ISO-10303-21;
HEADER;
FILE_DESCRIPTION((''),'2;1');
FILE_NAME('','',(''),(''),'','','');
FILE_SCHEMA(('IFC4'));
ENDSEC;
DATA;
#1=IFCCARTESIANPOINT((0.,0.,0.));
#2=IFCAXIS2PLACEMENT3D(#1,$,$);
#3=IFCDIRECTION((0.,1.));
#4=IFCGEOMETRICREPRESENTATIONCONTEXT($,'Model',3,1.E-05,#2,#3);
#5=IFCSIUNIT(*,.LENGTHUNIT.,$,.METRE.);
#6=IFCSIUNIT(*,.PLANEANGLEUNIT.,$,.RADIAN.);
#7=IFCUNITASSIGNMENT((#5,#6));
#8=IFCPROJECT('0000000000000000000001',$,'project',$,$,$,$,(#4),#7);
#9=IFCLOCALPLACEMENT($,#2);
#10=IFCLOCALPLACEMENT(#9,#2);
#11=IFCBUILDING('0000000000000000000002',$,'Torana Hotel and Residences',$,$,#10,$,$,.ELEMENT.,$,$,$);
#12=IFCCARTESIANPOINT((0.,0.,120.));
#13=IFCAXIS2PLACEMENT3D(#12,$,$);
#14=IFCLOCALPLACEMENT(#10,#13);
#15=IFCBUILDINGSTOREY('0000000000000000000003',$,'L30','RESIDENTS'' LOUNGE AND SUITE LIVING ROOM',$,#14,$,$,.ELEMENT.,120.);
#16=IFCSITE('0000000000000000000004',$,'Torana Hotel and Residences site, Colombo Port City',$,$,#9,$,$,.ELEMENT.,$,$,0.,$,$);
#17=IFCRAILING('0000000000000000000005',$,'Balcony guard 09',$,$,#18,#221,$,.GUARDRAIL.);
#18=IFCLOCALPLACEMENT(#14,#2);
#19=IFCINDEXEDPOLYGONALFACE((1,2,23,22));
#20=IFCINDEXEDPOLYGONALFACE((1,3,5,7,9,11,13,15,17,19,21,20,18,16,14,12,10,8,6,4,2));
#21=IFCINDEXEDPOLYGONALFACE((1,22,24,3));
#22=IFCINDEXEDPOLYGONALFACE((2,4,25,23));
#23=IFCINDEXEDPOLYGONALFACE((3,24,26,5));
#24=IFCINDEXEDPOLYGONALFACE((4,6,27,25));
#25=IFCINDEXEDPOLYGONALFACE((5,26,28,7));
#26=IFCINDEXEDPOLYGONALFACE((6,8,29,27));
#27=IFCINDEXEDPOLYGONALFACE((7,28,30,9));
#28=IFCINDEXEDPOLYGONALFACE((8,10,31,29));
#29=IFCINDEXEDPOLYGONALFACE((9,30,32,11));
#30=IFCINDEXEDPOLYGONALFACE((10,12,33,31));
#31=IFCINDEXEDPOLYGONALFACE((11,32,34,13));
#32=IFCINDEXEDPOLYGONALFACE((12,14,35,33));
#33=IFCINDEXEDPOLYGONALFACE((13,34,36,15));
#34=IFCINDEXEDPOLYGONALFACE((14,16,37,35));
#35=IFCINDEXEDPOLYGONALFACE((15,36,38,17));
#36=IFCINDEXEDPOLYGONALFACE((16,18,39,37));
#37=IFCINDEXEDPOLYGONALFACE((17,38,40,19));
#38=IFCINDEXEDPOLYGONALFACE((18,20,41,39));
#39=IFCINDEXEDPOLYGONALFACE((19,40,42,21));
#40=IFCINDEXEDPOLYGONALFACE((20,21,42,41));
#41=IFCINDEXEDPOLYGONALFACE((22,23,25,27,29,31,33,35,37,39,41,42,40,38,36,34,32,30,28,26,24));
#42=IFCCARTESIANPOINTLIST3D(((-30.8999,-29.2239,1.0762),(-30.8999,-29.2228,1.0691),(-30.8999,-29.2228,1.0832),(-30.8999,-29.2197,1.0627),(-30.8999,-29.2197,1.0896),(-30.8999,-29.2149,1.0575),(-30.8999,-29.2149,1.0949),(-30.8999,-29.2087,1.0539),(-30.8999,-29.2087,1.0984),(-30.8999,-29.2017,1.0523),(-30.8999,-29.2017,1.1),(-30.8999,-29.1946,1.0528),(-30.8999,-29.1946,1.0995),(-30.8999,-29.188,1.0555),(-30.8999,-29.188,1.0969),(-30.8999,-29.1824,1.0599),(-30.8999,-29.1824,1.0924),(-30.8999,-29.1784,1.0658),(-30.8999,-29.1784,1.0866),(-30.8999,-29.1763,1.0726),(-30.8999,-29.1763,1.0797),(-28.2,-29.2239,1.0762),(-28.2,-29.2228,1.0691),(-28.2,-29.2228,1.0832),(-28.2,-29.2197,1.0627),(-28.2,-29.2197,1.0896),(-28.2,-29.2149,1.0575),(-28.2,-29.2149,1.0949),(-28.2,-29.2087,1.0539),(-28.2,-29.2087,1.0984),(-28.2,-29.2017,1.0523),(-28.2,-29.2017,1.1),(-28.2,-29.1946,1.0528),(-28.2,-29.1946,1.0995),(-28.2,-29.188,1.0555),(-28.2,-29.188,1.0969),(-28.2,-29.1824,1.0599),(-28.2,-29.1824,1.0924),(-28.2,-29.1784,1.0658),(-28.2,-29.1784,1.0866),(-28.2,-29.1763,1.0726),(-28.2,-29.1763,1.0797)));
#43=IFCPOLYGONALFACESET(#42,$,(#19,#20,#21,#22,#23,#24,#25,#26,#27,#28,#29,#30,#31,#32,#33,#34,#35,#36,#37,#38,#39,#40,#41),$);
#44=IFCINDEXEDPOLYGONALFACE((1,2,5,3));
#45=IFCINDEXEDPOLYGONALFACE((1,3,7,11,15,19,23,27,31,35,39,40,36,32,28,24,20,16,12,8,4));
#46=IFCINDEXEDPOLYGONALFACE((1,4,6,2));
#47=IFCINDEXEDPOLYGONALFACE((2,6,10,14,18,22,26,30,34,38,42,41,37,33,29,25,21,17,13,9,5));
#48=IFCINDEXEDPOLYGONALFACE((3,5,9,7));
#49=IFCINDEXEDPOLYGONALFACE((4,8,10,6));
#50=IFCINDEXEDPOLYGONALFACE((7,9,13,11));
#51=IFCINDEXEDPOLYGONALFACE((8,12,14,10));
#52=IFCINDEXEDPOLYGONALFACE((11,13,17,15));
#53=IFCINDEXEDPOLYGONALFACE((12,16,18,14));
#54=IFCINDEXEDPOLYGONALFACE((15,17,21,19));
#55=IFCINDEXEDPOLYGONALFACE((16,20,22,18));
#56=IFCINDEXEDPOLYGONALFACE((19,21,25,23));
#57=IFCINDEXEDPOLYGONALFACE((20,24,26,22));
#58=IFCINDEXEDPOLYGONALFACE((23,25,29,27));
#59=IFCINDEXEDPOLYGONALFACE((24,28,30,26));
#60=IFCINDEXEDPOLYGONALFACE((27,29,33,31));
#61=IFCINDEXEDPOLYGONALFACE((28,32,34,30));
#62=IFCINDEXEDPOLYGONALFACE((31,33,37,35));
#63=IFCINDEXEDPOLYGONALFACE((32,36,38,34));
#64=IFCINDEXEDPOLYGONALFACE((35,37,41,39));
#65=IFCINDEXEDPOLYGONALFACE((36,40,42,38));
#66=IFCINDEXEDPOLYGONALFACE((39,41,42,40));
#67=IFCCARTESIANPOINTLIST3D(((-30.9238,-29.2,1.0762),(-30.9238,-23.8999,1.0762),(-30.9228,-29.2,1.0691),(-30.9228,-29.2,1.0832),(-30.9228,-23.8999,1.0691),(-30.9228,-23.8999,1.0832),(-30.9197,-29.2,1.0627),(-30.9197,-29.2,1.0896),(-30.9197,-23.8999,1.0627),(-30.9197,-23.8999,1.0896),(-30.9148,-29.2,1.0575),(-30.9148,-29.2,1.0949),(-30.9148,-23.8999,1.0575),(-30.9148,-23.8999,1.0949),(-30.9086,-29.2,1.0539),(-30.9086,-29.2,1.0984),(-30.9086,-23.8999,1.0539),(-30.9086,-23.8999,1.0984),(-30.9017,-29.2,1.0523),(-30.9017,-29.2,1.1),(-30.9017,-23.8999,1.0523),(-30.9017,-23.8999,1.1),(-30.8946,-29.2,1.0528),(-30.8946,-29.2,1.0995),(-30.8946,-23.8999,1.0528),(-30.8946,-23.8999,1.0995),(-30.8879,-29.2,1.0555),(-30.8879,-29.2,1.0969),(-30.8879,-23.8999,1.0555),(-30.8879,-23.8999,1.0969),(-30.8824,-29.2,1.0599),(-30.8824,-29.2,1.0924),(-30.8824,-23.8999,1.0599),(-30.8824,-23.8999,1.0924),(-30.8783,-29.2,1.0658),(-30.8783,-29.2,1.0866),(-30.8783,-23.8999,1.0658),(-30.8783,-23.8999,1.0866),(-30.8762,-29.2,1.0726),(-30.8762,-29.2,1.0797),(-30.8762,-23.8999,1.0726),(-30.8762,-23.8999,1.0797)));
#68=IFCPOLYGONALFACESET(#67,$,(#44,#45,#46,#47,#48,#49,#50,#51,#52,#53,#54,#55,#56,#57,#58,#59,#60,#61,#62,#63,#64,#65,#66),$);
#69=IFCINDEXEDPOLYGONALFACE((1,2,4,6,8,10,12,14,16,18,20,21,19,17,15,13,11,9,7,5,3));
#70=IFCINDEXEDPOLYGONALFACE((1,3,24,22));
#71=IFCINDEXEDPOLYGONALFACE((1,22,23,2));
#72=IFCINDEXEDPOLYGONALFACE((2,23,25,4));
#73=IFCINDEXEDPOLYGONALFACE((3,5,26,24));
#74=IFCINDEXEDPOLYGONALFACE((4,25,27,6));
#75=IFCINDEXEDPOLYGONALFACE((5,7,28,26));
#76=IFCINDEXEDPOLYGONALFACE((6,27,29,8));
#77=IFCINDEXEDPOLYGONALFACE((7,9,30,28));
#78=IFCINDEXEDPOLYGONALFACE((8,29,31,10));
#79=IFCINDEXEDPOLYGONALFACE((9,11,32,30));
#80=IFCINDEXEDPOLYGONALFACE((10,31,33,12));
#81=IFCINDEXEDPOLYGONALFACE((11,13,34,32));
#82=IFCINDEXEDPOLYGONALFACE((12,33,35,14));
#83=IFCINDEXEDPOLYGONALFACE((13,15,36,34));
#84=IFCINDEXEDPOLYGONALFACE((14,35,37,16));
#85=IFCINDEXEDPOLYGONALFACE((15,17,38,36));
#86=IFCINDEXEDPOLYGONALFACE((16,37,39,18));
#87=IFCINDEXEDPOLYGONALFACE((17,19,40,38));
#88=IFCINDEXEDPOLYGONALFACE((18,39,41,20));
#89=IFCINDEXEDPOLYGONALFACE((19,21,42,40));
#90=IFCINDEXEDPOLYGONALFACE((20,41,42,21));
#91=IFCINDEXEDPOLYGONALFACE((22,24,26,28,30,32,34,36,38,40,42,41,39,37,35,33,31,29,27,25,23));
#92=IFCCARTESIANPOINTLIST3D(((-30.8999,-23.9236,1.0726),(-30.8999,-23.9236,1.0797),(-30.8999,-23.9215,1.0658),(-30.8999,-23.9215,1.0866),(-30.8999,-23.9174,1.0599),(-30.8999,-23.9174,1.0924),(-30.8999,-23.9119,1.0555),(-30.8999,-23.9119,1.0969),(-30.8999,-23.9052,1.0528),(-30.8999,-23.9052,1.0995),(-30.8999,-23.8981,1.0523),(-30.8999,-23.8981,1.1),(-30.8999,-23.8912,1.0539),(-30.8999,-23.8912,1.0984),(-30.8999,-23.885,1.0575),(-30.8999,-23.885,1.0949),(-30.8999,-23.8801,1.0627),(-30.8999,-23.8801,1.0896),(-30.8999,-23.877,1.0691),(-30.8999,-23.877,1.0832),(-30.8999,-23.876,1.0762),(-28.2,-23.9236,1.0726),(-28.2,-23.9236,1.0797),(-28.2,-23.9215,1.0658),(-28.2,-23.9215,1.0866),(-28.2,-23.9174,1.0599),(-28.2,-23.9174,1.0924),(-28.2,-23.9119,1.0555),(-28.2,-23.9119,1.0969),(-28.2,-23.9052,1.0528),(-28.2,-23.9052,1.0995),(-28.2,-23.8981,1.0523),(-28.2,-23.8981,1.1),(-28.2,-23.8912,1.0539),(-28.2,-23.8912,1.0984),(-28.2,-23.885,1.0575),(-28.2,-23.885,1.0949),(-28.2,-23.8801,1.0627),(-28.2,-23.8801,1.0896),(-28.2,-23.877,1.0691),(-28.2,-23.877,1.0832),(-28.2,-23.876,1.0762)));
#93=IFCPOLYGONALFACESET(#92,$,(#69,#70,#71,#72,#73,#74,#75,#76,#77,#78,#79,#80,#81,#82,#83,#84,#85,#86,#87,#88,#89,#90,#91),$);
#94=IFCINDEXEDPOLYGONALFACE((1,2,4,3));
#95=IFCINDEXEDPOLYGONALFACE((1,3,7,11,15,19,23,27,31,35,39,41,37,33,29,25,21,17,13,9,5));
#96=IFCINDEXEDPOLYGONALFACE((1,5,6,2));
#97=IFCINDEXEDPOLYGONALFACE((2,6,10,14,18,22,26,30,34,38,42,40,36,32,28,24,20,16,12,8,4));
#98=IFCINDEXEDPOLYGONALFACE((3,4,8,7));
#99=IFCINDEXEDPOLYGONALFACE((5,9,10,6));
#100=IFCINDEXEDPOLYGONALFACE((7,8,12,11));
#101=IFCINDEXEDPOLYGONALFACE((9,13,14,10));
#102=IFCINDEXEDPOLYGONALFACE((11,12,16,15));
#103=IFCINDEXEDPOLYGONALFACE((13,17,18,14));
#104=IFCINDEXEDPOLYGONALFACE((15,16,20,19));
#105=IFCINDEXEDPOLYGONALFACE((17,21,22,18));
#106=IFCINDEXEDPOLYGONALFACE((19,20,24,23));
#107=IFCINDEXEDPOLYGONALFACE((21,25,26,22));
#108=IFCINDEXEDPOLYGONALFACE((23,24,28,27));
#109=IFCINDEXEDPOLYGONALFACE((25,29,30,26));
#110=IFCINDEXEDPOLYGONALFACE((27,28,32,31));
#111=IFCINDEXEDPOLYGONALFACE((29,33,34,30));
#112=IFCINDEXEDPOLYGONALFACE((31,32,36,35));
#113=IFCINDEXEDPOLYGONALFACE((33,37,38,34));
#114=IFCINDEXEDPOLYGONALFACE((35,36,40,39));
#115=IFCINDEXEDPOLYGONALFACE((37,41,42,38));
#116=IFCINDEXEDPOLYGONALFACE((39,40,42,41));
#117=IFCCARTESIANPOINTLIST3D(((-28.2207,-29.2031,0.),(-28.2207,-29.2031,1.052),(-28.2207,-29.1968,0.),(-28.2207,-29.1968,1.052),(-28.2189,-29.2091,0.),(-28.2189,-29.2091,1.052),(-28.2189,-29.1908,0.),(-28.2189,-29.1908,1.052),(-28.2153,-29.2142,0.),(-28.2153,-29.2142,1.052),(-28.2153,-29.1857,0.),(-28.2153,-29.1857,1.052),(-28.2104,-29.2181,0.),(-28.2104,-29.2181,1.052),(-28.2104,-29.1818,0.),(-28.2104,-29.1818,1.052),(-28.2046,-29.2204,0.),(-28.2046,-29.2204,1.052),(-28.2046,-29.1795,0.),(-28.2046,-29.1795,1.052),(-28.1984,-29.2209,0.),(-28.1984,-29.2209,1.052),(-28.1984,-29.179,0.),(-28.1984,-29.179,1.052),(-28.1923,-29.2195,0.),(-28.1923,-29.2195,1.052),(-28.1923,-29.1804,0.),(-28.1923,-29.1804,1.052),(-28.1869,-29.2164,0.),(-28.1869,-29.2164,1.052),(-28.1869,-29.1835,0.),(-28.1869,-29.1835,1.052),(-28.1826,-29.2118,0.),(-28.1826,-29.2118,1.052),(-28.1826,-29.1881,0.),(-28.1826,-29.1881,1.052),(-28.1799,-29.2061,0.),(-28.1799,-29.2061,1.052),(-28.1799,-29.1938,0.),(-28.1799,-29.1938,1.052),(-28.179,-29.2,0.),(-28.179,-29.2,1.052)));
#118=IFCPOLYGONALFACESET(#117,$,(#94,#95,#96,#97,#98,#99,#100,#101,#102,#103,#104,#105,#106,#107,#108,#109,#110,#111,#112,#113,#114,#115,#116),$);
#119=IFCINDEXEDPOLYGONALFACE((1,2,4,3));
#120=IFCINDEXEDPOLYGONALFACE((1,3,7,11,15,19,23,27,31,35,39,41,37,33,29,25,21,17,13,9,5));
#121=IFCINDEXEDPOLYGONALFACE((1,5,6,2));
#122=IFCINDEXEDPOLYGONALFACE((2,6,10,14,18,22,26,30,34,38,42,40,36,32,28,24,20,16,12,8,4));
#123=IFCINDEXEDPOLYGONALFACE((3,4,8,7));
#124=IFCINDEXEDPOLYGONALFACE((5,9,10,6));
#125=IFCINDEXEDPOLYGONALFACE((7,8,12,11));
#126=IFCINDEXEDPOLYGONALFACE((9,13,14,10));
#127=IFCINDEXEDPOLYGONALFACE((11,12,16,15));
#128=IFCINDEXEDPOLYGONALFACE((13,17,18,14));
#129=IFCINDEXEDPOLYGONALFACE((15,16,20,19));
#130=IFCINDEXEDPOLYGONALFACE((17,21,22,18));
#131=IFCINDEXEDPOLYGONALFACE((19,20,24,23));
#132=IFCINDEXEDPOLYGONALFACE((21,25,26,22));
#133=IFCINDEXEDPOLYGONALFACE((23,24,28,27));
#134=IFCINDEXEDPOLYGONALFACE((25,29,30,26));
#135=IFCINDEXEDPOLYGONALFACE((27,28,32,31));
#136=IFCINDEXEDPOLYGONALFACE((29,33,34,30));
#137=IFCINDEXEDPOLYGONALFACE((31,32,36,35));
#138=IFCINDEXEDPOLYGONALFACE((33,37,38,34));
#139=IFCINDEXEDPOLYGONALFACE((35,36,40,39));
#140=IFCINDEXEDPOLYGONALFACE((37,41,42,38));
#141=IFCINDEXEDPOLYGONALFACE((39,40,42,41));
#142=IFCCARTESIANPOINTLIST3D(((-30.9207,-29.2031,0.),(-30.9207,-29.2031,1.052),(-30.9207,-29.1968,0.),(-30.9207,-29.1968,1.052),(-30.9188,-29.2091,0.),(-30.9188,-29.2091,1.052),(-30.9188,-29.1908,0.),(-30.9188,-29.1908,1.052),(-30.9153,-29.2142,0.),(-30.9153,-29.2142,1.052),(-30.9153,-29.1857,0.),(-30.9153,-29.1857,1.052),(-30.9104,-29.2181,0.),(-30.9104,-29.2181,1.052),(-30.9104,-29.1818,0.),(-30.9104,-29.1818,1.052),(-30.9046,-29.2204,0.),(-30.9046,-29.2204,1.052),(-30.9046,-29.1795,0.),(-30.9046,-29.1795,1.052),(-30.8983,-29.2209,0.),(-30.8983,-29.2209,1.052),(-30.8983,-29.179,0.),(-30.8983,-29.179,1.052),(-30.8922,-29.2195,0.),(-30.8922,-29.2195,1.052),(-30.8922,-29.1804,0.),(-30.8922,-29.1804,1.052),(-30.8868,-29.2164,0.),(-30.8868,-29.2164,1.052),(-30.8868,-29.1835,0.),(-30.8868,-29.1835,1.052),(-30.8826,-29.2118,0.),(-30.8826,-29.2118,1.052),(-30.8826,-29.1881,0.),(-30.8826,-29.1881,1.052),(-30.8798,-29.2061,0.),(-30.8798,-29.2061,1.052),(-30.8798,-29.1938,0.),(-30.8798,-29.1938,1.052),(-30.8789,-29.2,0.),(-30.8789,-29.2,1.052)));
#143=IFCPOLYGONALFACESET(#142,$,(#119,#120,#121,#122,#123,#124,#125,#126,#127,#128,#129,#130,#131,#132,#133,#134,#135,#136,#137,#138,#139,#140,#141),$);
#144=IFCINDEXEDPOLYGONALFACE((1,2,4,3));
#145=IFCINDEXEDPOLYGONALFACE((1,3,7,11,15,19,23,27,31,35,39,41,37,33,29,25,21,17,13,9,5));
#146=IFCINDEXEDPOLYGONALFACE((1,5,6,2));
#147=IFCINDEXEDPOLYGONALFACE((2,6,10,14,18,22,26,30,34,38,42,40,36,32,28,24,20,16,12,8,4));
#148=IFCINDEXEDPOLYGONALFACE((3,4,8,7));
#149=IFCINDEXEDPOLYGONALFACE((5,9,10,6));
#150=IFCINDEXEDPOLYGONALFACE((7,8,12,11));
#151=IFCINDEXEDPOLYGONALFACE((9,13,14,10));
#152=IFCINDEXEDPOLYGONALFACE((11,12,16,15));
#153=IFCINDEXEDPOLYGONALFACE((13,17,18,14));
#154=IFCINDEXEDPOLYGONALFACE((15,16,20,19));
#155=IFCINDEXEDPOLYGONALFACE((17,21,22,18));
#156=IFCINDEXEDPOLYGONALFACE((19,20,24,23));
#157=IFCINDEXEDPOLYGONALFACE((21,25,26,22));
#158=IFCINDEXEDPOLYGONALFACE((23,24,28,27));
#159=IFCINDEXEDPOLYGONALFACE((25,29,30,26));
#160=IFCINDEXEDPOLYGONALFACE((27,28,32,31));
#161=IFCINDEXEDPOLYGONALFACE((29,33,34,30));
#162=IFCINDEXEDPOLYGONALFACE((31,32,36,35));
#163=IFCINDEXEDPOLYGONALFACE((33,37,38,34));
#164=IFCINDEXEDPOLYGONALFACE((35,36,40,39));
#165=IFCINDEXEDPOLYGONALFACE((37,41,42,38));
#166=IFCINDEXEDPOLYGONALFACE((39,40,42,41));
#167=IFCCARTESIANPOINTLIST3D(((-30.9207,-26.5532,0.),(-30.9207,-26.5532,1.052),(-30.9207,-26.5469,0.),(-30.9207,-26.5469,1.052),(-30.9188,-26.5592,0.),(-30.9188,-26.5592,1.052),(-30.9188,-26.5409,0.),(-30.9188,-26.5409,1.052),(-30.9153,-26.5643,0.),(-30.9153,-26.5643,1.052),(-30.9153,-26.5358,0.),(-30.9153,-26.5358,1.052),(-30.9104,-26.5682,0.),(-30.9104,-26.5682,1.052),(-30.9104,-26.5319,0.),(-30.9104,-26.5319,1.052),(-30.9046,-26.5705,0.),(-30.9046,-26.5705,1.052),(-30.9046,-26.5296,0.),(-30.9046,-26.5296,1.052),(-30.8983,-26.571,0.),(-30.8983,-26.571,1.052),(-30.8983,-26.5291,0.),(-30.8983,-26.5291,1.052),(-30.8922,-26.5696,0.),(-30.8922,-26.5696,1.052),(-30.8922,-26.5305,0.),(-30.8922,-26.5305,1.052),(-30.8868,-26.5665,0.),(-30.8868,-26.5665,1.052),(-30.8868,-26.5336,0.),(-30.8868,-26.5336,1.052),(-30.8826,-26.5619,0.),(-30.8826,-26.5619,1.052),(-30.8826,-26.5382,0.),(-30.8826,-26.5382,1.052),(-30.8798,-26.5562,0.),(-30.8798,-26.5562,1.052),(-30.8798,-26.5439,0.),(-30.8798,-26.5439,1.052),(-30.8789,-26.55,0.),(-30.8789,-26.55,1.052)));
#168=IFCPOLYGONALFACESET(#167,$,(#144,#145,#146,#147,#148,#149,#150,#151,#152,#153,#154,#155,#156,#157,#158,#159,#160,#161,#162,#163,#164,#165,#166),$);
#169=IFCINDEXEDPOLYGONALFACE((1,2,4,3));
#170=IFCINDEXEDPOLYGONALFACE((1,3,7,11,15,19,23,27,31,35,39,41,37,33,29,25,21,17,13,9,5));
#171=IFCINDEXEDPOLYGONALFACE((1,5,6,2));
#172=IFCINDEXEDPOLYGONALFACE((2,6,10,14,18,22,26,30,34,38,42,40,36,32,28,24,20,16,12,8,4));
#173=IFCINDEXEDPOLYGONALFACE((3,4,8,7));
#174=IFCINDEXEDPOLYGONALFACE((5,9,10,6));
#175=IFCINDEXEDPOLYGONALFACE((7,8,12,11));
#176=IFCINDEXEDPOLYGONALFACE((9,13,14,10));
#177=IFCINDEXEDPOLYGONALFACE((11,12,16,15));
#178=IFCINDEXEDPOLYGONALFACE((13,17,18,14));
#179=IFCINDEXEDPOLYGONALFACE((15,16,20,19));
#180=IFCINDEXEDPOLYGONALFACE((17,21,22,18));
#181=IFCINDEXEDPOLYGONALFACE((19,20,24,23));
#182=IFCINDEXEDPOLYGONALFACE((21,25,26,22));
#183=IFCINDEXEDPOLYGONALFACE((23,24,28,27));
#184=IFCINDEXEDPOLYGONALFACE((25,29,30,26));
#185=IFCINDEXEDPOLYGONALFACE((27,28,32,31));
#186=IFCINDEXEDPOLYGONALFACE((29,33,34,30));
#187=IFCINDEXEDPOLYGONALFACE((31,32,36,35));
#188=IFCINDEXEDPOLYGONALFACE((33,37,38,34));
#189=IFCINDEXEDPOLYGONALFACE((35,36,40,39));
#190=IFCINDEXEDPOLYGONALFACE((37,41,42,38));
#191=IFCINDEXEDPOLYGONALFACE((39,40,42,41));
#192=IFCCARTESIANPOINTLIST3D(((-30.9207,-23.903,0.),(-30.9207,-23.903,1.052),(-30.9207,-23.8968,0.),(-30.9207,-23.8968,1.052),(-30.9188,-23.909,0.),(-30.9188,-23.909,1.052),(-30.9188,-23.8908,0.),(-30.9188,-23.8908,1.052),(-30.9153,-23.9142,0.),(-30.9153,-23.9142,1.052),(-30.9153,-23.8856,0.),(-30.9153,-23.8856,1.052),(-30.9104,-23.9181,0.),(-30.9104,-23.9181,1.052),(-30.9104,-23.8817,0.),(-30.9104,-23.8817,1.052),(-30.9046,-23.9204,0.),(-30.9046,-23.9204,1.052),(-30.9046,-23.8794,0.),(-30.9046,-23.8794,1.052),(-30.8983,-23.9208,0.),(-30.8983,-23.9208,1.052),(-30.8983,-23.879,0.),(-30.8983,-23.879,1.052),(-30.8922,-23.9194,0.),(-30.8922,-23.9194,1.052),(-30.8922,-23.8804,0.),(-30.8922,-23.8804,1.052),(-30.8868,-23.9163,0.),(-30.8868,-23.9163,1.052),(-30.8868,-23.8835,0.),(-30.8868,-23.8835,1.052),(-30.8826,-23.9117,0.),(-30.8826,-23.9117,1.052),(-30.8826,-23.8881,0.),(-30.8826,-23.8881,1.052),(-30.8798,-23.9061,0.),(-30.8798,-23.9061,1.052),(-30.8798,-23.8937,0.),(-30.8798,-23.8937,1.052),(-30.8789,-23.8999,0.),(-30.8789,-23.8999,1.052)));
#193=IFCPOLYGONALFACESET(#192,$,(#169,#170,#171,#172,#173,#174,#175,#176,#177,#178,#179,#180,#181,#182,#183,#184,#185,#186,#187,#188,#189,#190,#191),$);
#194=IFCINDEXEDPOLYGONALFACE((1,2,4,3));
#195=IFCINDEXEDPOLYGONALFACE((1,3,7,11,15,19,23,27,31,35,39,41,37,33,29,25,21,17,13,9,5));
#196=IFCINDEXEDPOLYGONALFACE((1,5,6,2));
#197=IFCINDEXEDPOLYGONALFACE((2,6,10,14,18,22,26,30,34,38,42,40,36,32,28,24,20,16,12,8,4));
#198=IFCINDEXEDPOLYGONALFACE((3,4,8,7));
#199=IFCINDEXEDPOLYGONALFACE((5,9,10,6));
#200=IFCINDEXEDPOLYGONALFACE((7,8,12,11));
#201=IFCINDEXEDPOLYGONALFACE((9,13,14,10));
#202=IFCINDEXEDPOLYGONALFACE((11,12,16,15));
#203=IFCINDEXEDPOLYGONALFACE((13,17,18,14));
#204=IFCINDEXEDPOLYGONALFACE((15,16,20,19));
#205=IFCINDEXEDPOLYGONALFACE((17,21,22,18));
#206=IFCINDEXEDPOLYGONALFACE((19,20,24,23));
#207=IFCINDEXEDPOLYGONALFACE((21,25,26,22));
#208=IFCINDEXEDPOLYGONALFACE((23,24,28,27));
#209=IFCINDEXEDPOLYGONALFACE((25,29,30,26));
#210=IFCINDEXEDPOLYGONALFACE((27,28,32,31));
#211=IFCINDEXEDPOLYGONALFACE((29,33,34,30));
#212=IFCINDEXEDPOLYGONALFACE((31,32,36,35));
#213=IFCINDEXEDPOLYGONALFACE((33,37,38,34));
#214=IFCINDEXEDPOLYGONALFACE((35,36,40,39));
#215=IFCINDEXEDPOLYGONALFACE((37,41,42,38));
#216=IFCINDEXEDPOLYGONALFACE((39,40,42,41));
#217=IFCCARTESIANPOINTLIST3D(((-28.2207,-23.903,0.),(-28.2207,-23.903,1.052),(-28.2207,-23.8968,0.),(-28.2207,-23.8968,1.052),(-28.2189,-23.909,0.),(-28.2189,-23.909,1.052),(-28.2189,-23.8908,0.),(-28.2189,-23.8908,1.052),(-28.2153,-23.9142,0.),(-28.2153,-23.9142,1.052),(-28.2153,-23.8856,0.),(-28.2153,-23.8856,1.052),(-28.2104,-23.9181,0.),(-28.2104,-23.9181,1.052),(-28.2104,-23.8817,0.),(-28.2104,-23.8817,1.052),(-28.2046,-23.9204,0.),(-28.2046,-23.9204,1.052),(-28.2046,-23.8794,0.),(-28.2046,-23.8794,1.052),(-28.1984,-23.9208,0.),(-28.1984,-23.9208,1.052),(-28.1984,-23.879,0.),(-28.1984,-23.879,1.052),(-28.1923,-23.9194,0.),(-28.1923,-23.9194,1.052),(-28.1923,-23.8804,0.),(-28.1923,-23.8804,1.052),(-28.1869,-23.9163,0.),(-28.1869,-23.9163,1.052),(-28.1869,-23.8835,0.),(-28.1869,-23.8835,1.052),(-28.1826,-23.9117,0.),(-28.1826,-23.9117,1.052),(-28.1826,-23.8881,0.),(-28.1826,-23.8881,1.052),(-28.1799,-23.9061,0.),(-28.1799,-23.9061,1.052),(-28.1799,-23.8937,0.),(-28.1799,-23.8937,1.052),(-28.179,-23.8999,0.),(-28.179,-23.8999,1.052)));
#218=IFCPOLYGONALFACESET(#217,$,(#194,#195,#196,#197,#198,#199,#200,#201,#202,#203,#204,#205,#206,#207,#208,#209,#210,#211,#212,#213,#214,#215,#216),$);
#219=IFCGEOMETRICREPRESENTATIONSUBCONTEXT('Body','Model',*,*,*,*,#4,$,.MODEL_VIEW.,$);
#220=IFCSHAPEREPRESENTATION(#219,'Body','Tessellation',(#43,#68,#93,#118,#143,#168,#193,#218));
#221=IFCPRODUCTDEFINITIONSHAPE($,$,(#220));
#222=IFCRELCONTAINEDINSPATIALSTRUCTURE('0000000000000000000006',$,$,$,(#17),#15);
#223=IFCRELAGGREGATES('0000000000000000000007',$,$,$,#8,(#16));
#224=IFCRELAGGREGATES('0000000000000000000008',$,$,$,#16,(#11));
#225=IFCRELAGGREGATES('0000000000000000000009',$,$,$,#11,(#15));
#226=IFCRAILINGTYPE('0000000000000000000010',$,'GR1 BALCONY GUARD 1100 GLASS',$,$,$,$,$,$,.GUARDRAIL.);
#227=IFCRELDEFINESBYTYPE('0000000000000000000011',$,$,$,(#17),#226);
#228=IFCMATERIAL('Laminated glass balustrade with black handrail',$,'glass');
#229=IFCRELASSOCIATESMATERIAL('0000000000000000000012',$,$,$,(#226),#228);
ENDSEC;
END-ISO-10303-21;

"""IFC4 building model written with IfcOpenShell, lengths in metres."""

from ifc_helpers import new_model, si_unit, direction, frame, origin, origin_2d, place, context, subcontext, project, spatial, circle, extrude, material, type_object, element, save


model = new_model("IFC4")

# Units and contexts
model_context = context("Model", 3, precision=1e-05, world=origin(), true_north=direction((0.0, 1.0)))
body_context = subcontext(model_context, "Body", "Model", "MODEL_VIEW")
ifc_project = project(units=[si_unit("LENGTHUNIT", "METRE"), si_unit("PLANEANGLEUNIT", "RADIAN")], contexts=[model_context])

# Site, building, storey
site_placement = place(None, origin())
site = spatial("IfcSite", under=ifc_project, at=site_placement, Name="Torana Hotel and Residences site, Colombo Port City", CompositionType="ELEMENT", RefElevation=0.0)
building_placement = place(site_placement, origin())
building = spatial("IfcBuilding", under=site, at=building_placement, Name="Torana Hotel and Residences", CompositionType="ELEMENT")
storey_placement = place(building_placement, frame((0.0, 0.0, 120.0)))
storey = spatial("IfcBuildingStorey", under=building, at=storey_placement, Name="L30", Description="RESIDENTS' LOUNGE AND SUITE LIVING ROOM", CompositionType="ELEMENT", Elevation=120.0)

# Railing
ifc_material_1 = material(Name="Laminated glass balustrade with black handrail", Category="glass")
railing_type = type_object("IfcRailingType", Name="GR1 BALCONY GUARD 1100 GLASS", PredefinedType="GUARDRAIL", material=ifc_material_1)
railing_placement = place(storey_placement, frame((-28.2, -29.2, 0.0)))
element("IfcRailing", 1, at=railing_placement, inside=storey, type_object=railing_type, Name="Balcony guard 09", PredefinedType="GUARDRAIL", context=body_context, shape_type="SweptSolid", body=[
    extrude(circle(Radius=0.0239, at=origin_2d()), frame((0.0, 0.0, 1.0762), z_axis=(-1.0, 0.0, 0.0), x_axis=(0.0, -1.0, 0.0)), (0.0, 0.0, 1.0), 2.7),
    extrude(circle(Radius=0.0239, at=origin_2d()), frame((-2.7, 0.0, 1.0762), z_axis=(0.0, 1.0, 0.0), x_axis=(-1.0, 0.0, 0.0)), (0.0, 0.0, 1.0), 5.3),
    extrude(circle(Radius=0.0239, at=origin_2d()), frame((-2.7, 5.3, 1.0762), z_axis=(1.0, 0.0, 0.0), x_axis=(0.0, 1.0, 0.0)), (0.0, 0.0, 1.0), 2.7),
    extrude(circle(Radius=0.021, at=origin_2d()), origin(), (0.0, 0.0, 1.0), 1.052),
    extrude(circle(Radius=0.021, at=origin_2d()), frame((-2.7, 0.0, 0.0)), (0.0, 0.0, 1.0), 1.052),
    extrude(circle(Radius=0.021, at=origin_2d()), frame((-2.7, 2.6499, 0.0)), (0.0, 0.0, 1.0), 1.052),
    extrude(circle(Radius=0.021, at=origin_2d()), frame((-2.7, 5.3, 0.0)), (0.0, 0.0, 1.0), 1.052),
    extrude(circle(Radius=0.021, at=origin_2d()), frame((0.0, 5.3, 0.0)), (0.0, 0.0, 1.0), 1.052),
])

save(model, "model.ifc")
